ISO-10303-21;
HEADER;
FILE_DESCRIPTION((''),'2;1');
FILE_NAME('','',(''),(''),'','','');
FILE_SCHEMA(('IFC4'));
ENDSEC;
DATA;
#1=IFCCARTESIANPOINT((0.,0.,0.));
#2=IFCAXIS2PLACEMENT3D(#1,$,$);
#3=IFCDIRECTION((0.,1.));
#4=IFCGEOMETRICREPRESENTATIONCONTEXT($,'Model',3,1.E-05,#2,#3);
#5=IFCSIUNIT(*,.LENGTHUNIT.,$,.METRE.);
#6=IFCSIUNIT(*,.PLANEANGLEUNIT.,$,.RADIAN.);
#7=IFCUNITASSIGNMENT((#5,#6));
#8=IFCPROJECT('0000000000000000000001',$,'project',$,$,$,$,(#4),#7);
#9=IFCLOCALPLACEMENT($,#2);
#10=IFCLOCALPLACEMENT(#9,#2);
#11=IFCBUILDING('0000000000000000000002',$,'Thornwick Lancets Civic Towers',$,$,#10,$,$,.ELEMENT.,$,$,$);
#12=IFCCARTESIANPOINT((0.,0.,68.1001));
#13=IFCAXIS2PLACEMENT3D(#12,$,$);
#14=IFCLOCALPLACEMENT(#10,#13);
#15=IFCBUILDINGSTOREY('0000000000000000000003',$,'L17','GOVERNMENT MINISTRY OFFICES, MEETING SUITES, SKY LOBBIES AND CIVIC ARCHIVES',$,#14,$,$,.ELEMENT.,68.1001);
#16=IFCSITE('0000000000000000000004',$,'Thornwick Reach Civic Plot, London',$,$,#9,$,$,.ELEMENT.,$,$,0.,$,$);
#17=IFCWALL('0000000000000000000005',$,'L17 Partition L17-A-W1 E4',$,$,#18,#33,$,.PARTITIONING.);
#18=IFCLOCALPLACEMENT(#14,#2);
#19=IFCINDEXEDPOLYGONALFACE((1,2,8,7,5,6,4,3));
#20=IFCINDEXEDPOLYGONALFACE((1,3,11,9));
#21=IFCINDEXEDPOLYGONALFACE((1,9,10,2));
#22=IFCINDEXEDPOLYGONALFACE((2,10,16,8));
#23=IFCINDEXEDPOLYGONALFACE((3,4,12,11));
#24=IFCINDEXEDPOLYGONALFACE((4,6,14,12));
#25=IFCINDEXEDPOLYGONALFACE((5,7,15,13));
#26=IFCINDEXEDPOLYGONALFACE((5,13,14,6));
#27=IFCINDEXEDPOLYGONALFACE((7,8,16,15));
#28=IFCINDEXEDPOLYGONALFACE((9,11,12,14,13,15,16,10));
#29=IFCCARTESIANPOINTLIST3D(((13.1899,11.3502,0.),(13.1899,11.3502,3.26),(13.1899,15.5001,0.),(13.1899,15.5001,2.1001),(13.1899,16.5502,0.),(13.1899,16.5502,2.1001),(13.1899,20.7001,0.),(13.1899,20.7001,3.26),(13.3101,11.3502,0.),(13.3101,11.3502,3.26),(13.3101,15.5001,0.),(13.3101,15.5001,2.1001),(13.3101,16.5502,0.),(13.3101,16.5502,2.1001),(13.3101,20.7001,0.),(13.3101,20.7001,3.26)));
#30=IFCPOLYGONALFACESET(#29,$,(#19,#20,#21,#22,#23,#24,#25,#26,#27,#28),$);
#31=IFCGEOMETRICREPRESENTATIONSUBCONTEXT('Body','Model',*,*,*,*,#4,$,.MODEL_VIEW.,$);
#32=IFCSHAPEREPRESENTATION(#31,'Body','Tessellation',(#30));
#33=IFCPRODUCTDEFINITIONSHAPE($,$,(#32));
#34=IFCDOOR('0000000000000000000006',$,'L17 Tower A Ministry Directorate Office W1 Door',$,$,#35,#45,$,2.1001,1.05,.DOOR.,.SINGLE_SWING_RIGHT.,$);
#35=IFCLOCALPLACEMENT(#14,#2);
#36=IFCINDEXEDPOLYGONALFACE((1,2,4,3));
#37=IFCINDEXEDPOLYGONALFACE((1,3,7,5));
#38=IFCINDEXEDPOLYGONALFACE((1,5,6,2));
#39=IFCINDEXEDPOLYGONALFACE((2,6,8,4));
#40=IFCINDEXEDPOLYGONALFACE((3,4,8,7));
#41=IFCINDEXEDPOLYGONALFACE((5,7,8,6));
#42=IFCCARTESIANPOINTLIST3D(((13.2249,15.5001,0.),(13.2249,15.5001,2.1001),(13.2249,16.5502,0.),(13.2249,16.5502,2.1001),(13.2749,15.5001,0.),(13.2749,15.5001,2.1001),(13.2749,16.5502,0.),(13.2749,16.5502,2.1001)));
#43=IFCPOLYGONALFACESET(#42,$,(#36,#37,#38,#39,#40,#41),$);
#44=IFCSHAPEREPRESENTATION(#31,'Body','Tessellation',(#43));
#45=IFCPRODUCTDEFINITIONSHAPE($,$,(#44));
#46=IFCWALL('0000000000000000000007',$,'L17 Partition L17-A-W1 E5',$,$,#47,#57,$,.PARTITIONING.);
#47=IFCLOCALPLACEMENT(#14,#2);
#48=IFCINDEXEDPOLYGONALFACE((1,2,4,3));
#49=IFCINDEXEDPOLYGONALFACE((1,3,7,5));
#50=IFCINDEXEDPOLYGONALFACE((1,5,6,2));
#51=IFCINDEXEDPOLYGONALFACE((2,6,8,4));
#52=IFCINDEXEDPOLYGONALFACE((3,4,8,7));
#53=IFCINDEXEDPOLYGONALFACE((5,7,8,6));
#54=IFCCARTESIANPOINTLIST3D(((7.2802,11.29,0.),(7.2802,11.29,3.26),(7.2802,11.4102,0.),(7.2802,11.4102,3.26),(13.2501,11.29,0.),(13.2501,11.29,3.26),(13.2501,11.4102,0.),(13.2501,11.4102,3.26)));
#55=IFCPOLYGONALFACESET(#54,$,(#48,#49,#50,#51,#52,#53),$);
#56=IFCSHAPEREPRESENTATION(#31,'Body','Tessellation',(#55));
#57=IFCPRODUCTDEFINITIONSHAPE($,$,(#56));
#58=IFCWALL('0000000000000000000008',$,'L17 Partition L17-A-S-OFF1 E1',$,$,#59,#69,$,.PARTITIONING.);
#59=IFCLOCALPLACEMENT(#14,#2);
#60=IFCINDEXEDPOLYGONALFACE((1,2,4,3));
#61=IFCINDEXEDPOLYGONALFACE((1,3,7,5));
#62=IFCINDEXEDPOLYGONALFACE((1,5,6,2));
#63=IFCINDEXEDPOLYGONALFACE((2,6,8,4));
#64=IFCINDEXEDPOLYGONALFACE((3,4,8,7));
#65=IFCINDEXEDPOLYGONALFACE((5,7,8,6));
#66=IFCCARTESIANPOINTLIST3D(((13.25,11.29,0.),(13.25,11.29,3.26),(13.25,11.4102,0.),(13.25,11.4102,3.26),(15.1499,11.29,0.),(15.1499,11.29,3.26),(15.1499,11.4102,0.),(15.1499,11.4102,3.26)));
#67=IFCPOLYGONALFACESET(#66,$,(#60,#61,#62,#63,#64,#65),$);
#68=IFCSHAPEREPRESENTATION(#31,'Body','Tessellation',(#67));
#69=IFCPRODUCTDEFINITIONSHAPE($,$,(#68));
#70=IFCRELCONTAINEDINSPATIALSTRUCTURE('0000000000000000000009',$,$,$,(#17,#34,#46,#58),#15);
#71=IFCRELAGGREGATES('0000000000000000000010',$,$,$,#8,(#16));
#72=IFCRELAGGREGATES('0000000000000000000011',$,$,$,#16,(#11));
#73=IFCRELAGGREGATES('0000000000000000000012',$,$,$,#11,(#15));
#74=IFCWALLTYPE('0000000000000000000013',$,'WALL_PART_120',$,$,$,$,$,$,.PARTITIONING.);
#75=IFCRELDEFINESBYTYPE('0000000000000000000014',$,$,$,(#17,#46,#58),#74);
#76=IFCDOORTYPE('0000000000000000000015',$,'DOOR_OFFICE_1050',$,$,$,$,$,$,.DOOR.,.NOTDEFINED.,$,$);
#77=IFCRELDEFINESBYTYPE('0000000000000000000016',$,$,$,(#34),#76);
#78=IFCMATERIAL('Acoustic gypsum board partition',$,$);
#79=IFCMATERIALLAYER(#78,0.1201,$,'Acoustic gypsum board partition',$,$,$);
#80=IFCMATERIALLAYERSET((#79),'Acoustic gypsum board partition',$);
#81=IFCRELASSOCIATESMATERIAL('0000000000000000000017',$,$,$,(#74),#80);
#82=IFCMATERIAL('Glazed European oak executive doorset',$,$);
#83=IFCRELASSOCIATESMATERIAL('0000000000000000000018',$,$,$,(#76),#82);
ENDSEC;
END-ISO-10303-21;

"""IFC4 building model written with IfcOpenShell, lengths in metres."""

from ifc_helpers import new_model, si_unit, direction, frame, frame_2d, origin, place, context, subcontext, project, spatial, rectangle, extrude, material, layer, layer_set, type_object, element, fill, save


model = new_model("IFC4")

# Units and contexts
model_context = context("Model", 3, precision=1e-05, world=origin(), true_north=direction((0.0, 1.0)))
body_context = subcontext(model_context, "Body", "Model", "MODEL_VIEW")
ifc_project = project(units=[si_unit("LENGTHUNIT", "METRE"), si_unit("PLANEANGLEUNIT", "RADIAN")], contexts=[model_context])

# Site, building, storey
site_placement = place(None, origin())
site = spatial("IfcSite", under=ifc_project, at=site_placement, Name="Thornwick Reach Civic Plot, London", CompositionType="ELEMENT", RefElevation=0.0)
building_placement = place(site_placement, origin())
building = spatial("IfcBuilding", under=site, at=building_placement, Name="Thornwick Lancets Civic Towers", CompositionType="ELEMENT")
storey_placement = place(building_placement, frame((0.0, 0.0, 68.1001)))
storey = spatial("IfcBuildingStorey", under=building, at=storey_placement, Name="L17", Description="GOVERNMENT MINISTRY OFFICES, MEETING SUITES, SKY LOBBIES AND CIVIC ARCHIVES", CompositionType="ELEMENT", Elevation=68.1001)

# Shared definitions
ifc_material_1 = material(Name="Acoustic gypsum board partition")
ifc_layer = layer(ifc_material_1, 0.1201, Name="Acoustic gypsum board partition")
ifc_layer_set = layer_set([ifc_layer], Name="Acoustic gypsum board partition")
wall_type = type_object("IfcWallType", Name="WALL_PART_120", PredefinedType="PARTITIONING", material=ifc_layer_set)

# Wall, opening, door
wall_1_placement = place(storey_placement, frame((13.25, 20.7, 0.0), z_axis=(0.0, 0.0, 1.0), x_axis=(0.0, -1.0, 0.0)))
wall_1 = element("IfcWall", 1, at=wall_1_placement, inside=storey, type_object=wall_type, Name="L17 Partition L17-A-W1 E4", PredefinedType="PARTITIONING", context=body_context, shape_type="SweptSolid", body=[
    extrude(rectangle(XDim=9.3499, YDim=0.1201, at=frame_2d((4.6748, 0.0))), origin(), (0.0, 0.0, 1.0), 3.26),
])
opening_placement = place(wall_1_placement, frame((4.1499, 0.0, 0.0)))
opening = element("IfcOpeningElement", 2, at=opening_placement, cuts=wall_1, PredefinedType="OPENING", context=body_context, shape_type="SweptSolid", body=[
    extrude(rectangle(XDim=1.05, YDim=2.1001, at=frame_2d((0.5249, 1.05))), frame((0.0, 0.0701, 0.0), z_axis=(0.0, -1.0, 0.0), x_axis=(1.0, 0.0, 0.0)), (0.0, 0.0, 1.0), 0.1401),
])
ifc_material_2 = material(Name="Glazed European oak executive doorset")
door_type = type_object("IfcDoorType", Name="DOOR_OFFICE_1050", OperationType="NOTDEFINED", PredefinedType="DOOR", material=ifc_material_2)
door_placement = place(opening_placement, origin())
door = element("IfcDoor", 3, at=door_placement, inside=storey, type_object=door_type, Name="L17 Tower A Ministry Directorate Office W1 Door", OperationType="SINGLE_SWING_RIGHT", OverallHeight=2.1001, OverallWidth=1.05, PredefinedType="DOOR", context=body_context, shape_type="SweptSolid", body=[
    extrude(rectangle(XDim=1.05, YDim=2.1001, at=frame_2d((0.5249, 1.05))), frame((0.0, 0.0249, 0.0), z_axis=(0.0, -1.0, 0.0), x_axis=(1.0, 0.0, 0.0)), (0.0, 0.0, 1.0), 0.05),
])
fill(opening, door)

# Walls
wall_2_placement = place(storey_placement, frame((13.25, 11.3501, 0.0), z_axis=(0.0, 0.0, 1.0), x_axis=(-1.0, 0.0, 0.0)))
element("IfcWall", 4, at=wall_2_placement, inside=storey, type_object=wall_type, Name="L17 Partition L17-A-W1 E5", PredefinedType="PARTITIONING", context=body_context, shape_type="SweptSolid", body=[
    extrude(rectangle(XDim=5.97, YDim=0.1201, at=frame_2d((2.9849, 0.0))), origin(), (0.0, 0.0, 1.0), 3.26),
])
wall_3_placement = place(storey_placement, frame((13.25, 11.3501, 0.0), z_axis=(0.0, 0.0, 1.0), x_axis=(1.0, 0.0, 0.0)))
element("IfcWall", 5, at=wall_3_placement, inside=storey, type_object=wall_type, Name="L17 Partition L17-A-S-OFF1 E1", PredefinedType="PARTITIONING", context=body_context, shape_type="SweptSolid", body=[
    extrude(rectangle(XDim=1.8999, YDim=0.1201, at=frame_2d((0.95, 0.0))), origin(), (0.0, 0.0, 1.0), 3.26),
])

save(model, "model.ifc")
